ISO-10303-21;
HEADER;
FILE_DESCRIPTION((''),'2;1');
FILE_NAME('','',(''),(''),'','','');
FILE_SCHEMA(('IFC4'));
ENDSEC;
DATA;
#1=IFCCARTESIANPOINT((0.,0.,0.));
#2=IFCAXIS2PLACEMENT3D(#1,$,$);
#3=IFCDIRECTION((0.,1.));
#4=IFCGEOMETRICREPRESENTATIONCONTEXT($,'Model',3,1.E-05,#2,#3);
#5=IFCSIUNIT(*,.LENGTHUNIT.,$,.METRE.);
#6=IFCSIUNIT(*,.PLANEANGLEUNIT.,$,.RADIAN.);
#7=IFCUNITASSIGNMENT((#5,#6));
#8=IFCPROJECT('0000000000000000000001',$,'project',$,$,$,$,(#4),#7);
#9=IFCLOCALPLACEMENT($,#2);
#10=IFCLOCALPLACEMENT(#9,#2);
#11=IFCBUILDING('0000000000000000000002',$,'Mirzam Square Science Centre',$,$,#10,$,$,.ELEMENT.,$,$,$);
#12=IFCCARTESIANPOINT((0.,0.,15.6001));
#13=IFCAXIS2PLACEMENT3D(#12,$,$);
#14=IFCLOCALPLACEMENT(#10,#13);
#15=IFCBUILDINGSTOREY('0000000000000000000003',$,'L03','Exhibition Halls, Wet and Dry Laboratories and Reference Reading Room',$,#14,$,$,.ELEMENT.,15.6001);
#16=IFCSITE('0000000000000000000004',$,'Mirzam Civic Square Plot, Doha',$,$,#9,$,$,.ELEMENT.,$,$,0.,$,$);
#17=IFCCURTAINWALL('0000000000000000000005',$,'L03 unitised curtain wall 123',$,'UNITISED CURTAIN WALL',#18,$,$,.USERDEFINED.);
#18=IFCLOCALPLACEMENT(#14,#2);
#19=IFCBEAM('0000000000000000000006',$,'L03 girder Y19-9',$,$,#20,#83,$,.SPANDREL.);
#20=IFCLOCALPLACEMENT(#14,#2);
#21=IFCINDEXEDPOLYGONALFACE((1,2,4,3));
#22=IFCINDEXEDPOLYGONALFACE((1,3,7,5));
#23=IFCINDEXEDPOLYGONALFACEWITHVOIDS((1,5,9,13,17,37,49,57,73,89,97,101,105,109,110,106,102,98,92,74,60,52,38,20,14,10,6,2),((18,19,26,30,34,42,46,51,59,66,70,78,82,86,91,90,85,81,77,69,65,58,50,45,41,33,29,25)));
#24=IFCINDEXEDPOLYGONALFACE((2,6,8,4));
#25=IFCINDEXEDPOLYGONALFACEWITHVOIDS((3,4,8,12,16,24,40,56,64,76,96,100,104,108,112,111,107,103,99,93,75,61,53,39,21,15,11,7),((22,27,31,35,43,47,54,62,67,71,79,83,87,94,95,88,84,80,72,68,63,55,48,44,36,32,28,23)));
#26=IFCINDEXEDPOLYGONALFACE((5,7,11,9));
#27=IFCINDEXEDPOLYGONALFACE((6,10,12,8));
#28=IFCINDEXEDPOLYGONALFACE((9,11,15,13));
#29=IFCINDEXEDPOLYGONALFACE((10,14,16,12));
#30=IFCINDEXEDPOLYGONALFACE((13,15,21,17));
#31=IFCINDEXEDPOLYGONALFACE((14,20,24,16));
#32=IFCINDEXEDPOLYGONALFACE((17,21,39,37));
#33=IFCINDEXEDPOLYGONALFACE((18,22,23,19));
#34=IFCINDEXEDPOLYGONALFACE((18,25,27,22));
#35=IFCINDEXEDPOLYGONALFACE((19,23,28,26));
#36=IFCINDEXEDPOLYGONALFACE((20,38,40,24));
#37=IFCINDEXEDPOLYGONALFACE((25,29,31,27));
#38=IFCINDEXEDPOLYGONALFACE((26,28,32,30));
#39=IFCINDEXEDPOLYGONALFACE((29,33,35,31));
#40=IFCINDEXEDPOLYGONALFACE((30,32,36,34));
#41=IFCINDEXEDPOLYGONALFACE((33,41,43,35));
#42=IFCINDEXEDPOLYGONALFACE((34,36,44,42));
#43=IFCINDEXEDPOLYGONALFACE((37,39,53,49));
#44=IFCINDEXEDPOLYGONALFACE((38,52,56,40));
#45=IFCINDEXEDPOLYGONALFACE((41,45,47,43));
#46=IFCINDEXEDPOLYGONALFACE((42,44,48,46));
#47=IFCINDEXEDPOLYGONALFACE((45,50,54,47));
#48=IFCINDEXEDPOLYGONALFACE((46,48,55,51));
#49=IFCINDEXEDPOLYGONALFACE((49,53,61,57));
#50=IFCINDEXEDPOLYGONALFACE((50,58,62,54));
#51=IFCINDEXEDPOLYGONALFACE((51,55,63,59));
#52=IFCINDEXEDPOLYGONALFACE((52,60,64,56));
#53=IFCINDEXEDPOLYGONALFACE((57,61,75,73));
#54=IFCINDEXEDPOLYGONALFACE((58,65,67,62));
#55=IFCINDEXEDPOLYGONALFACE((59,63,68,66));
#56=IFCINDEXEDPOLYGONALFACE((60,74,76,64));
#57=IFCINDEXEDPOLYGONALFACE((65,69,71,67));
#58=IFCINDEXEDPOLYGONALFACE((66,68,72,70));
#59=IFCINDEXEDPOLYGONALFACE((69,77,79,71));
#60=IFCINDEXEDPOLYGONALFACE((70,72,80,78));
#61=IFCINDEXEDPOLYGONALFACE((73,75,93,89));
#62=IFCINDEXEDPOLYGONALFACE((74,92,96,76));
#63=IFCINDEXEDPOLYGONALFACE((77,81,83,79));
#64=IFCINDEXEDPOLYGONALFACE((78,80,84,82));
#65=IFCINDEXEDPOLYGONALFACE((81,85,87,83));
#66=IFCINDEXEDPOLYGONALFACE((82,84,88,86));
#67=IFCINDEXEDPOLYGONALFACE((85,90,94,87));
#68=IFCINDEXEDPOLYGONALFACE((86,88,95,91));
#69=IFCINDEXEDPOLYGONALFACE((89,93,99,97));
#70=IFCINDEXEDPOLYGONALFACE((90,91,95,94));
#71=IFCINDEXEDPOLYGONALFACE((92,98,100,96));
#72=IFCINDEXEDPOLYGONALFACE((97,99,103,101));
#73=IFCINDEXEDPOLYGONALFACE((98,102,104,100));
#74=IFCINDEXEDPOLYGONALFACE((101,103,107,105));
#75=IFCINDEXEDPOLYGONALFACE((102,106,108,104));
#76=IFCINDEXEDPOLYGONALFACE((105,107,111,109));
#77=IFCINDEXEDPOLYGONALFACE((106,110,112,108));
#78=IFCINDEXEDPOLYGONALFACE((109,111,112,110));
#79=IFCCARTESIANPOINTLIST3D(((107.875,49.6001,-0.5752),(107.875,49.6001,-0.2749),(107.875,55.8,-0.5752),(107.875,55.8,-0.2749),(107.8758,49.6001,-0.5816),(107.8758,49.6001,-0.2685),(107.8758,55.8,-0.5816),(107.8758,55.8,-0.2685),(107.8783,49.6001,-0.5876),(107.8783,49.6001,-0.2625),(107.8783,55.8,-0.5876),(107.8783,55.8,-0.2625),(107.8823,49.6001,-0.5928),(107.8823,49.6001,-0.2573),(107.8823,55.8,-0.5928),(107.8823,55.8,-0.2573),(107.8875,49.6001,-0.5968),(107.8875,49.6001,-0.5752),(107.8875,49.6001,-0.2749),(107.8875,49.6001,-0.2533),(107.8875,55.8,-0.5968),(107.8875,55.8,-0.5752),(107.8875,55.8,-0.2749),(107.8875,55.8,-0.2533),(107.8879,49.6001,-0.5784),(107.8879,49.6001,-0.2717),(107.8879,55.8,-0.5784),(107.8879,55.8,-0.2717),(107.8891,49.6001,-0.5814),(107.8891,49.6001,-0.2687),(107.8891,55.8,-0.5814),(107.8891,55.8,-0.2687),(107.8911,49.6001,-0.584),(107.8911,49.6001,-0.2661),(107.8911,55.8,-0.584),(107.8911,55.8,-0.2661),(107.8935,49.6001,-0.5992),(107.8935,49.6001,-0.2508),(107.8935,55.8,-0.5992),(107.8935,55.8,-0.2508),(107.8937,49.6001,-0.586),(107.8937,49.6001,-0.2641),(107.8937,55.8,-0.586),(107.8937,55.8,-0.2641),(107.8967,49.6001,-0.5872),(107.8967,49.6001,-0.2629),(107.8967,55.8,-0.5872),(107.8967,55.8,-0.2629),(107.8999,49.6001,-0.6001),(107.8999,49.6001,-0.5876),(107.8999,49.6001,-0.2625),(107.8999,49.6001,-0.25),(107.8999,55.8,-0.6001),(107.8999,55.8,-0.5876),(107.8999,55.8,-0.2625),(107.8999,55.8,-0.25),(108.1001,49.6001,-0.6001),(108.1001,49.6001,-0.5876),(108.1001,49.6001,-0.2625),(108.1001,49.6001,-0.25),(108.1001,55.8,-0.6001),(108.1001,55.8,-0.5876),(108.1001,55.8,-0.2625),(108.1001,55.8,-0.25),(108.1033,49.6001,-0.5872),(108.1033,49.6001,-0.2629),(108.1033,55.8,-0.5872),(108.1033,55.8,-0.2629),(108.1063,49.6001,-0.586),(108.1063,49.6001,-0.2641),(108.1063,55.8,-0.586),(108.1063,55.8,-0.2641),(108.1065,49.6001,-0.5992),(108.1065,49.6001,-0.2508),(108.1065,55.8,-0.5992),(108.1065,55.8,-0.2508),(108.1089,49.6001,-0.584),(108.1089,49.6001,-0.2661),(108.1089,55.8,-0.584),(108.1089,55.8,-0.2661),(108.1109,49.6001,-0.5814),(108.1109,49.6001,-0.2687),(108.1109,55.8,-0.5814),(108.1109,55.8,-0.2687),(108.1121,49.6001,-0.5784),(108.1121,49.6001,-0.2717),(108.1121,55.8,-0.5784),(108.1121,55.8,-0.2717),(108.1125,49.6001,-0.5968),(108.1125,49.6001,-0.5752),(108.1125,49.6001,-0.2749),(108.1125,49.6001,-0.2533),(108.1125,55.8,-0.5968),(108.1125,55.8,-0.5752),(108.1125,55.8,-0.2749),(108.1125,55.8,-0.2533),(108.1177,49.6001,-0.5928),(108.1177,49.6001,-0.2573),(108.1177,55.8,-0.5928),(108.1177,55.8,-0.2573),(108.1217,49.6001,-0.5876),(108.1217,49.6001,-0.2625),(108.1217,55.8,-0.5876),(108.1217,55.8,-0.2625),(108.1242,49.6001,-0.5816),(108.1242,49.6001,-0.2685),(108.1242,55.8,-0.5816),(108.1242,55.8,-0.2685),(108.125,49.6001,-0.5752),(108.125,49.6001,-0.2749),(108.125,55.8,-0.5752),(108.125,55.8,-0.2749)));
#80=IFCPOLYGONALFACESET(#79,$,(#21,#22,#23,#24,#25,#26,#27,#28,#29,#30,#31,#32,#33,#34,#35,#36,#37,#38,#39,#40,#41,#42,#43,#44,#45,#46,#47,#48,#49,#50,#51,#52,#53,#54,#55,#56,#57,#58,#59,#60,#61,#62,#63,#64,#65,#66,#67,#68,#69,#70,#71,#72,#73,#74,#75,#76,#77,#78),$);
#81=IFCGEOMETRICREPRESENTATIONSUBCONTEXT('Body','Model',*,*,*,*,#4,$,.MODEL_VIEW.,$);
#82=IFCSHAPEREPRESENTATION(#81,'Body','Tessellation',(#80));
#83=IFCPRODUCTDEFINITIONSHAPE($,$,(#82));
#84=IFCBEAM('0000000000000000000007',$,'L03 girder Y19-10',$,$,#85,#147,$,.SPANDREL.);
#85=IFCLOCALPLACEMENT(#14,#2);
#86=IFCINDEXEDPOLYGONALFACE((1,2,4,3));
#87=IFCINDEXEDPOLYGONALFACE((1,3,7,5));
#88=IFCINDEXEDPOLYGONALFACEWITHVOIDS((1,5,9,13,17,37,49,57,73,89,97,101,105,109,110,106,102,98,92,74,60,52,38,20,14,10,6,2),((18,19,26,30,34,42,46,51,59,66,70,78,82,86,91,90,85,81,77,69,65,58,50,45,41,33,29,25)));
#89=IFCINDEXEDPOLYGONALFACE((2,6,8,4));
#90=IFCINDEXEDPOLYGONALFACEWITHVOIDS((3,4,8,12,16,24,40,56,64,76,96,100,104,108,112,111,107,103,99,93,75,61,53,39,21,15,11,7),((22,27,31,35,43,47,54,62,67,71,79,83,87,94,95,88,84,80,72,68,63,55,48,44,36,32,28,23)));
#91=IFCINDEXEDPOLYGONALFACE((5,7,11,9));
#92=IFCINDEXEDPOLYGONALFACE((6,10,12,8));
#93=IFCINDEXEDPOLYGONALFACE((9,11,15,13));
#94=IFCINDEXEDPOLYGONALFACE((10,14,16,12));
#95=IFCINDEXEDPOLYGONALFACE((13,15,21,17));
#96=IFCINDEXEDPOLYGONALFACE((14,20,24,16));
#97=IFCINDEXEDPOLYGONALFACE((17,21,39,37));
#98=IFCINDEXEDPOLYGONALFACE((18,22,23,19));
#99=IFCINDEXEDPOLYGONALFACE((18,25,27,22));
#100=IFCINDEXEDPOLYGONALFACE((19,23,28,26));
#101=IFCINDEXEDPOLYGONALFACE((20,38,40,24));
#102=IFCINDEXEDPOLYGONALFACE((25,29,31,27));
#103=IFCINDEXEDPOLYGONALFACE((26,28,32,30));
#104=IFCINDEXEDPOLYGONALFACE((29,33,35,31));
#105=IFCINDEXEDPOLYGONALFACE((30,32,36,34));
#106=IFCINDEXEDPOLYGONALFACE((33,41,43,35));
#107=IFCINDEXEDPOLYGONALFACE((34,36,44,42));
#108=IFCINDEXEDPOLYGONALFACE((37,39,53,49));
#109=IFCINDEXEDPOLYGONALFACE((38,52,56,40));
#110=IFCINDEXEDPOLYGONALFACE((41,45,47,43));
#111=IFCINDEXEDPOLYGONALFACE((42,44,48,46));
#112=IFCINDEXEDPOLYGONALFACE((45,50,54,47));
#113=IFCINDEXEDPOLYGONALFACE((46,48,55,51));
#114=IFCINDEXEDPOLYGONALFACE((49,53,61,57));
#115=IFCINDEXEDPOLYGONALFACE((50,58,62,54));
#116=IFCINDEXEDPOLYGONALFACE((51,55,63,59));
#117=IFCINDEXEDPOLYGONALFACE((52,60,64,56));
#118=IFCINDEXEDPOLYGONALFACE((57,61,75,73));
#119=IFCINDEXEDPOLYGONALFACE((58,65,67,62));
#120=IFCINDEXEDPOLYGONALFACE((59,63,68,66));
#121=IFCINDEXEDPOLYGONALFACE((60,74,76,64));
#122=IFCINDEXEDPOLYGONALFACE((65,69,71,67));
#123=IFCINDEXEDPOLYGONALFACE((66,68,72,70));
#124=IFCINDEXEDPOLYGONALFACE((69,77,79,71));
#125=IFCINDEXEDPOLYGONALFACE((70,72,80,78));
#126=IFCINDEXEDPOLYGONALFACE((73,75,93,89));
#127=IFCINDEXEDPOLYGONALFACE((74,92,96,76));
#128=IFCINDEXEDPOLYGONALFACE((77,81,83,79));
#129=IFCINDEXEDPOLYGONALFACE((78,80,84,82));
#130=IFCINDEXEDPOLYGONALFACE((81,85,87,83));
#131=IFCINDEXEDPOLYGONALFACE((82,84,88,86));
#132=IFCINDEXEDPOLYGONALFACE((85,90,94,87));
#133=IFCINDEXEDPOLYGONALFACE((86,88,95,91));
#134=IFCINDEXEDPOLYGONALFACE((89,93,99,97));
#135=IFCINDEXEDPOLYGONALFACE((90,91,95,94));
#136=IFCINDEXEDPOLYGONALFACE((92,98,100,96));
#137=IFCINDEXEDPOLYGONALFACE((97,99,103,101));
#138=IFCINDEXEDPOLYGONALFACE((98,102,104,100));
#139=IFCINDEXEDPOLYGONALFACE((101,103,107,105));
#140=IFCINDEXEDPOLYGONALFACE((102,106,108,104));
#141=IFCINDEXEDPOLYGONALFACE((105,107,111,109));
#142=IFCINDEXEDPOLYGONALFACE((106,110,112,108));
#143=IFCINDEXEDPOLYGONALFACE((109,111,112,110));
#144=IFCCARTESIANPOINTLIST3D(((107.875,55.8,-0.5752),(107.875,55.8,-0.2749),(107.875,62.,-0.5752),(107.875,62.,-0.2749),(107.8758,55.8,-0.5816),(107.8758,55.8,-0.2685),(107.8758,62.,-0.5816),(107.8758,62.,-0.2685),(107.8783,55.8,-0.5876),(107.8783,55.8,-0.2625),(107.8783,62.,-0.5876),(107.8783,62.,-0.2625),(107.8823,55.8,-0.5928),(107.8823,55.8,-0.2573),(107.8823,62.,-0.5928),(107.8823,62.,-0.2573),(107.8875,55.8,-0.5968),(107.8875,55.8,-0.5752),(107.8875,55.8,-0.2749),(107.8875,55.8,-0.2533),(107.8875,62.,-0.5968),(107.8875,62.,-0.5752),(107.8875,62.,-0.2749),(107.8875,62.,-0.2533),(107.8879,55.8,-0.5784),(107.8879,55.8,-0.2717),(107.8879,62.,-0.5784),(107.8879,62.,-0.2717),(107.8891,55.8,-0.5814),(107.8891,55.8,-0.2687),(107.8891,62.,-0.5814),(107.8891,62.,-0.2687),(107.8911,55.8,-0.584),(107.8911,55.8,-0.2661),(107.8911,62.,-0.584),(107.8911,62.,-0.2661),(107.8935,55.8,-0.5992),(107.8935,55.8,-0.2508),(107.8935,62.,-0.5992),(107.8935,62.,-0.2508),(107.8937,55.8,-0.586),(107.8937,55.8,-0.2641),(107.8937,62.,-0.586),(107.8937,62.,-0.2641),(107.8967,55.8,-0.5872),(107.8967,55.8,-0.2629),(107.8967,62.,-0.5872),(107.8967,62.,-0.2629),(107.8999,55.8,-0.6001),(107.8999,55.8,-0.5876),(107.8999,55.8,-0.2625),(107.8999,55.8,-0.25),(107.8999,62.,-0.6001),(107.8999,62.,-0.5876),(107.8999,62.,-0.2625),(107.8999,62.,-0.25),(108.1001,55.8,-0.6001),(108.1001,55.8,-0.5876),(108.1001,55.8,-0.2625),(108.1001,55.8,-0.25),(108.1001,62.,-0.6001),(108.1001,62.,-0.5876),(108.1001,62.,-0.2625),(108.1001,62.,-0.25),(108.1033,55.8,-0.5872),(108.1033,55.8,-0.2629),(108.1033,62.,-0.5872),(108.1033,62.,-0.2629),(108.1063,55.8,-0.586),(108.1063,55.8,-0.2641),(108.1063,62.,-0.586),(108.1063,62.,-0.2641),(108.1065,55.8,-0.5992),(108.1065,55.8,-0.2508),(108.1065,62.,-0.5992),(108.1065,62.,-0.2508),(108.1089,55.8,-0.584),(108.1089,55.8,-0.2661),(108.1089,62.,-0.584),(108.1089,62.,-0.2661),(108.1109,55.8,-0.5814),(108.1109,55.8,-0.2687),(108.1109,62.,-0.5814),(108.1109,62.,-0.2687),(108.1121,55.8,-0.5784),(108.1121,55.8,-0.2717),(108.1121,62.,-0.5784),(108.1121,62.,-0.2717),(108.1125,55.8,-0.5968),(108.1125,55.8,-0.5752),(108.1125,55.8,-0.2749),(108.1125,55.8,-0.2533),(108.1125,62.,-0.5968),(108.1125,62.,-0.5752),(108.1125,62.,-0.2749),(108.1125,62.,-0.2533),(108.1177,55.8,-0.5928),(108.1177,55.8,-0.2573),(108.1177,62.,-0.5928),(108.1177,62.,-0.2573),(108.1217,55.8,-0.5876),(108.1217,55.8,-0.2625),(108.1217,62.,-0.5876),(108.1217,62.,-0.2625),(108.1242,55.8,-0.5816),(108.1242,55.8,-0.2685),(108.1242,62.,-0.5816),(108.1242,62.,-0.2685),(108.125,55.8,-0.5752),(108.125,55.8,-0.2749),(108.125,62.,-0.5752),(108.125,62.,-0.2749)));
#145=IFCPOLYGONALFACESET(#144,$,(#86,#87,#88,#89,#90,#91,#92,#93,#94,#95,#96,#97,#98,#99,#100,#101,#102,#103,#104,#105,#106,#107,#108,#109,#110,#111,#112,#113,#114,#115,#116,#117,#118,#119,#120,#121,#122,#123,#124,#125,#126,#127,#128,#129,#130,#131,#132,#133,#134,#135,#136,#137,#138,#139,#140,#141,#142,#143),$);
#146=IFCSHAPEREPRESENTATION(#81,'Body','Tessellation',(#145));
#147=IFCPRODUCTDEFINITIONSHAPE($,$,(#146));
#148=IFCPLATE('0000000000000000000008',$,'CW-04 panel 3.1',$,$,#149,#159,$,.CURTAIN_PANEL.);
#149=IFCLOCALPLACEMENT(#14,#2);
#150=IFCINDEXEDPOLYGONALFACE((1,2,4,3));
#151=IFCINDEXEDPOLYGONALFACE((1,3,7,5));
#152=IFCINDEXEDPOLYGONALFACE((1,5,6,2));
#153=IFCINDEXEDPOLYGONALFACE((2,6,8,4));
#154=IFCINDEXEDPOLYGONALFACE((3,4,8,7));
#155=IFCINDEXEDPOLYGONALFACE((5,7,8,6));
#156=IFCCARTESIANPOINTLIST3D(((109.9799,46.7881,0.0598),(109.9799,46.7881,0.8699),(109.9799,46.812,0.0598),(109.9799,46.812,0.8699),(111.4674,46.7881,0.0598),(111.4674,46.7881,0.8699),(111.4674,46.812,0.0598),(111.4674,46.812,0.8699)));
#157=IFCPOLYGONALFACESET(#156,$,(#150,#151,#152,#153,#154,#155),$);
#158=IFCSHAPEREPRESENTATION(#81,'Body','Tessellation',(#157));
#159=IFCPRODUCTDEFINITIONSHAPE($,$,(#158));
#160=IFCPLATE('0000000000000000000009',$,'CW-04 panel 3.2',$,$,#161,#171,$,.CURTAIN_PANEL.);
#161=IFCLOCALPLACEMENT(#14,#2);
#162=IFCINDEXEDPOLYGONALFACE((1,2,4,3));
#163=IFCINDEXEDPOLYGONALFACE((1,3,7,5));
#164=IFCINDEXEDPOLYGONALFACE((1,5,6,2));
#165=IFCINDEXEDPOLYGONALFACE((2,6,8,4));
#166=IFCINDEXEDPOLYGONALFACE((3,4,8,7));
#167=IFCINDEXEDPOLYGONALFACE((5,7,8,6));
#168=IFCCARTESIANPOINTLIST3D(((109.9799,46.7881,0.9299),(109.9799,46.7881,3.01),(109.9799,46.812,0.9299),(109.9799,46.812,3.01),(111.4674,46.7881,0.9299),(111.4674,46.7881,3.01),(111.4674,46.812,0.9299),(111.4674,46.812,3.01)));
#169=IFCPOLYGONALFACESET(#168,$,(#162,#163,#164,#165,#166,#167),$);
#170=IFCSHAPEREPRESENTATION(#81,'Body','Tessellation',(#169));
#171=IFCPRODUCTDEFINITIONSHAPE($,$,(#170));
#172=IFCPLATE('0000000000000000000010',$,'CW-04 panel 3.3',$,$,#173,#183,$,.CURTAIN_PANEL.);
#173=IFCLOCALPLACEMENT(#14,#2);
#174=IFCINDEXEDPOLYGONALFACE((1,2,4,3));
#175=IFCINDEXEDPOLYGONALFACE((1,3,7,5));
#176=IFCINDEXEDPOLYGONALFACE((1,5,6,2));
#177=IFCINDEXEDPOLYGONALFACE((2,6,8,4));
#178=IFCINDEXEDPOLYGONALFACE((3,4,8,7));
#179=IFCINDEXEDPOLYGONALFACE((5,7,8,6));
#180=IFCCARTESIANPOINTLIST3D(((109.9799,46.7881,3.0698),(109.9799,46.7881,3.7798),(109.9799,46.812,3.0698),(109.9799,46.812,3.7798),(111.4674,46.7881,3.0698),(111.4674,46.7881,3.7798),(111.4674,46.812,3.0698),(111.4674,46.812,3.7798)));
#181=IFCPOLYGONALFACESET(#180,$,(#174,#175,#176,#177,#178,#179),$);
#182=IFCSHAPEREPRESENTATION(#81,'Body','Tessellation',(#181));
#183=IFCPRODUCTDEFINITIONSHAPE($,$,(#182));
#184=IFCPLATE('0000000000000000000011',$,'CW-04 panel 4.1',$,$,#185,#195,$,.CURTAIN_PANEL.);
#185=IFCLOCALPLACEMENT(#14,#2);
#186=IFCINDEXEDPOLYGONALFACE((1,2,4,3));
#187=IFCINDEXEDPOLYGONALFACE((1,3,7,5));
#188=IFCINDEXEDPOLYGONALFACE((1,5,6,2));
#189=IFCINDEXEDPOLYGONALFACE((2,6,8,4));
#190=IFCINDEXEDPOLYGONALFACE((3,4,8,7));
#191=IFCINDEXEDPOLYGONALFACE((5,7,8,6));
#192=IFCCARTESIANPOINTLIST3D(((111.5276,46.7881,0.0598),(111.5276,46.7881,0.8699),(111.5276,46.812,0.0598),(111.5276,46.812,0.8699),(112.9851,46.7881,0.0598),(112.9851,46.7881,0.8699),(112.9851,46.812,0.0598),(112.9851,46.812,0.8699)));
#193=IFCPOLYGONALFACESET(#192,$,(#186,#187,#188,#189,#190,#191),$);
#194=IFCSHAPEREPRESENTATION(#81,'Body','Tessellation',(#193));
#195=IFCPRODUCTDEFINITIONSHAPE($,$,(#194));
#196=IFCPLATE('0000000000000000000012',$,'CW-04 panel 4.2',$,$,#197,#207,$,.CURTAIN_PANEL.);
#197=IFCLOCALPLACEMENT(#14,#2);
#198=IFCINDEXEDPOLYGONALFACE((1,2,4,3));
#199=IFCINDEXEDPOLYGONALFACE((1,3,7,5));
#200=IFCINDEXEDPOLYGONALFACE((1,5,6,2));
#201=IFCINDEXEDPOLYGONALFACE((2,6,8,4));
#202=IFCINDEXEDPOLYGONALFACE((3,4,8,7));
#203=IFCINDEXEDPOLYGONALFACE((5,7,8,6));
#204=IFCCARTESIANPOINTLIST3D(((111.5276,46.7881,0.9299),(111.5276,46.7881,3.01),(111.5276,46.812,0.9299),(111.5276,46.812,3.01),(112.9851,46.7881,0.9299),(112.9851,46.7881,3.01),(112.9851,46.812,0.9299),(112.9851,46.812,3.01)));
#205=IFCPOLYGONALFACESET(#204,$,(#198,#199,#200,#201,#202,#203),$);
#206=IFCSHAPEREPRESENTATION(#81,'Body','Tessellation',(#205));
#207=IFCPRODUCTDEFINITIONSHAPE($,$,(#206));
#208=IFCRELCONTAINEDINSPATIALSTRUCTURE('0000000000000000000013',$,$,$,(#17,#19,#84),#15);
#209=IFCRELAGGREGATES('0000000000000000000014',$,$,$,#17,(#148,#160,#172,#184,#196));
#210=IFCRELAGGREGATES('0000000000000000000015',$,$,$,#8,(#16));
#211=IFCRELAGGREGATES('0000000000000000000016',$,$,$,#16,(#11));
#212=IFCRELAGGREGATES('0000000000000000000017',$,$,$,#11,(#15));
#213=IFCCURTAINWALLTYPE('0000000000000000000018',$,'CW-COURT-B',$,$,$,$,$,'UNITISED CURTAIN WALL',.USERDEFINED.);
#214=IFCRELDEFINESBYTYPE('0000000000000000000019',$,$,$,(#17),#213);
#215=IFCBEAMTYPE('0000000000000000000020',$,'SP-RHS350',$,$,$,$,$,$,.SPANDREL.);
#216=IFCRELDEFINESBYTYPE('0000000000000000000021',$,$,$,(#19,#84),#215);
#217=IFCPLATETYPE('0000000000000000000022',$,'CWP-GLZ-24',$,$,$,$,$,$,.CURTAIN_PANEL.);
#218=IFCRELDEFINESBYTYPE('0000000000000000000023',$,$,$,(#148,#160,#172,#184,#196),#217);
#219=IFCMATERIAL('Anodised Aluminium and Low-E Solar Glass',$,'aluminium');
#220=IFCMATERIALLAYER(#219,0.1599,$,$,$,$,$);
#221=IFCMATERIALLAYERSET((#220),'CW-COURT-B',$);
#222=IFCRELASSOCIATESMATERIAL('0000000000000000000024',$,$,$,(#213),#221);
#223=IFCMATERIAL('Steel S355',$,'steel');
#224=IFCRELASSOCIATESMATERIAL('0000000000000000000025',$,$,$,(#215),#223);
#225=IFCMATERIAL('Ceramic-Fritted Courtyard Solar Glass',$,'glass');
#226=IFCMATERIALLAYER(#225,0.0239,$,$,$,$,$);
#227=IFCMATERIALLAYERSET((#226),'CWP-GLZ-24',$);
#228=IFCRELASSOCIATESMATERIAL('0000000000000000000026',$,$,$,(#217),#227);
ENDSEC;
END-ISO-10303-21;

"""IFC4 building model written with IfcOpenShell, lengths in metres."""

from ifc_helpers import new_model, si_unit, direction, frame, origin, origin_2d, place, context, subcontext, project, spatial, rectangle, hollow_rectangle, extrude, material, layer, layer_set, material_profile, profile_set, type_object, element, aggregate, save


model = new_model("IFC4")

# Units and contexts
model_context = context("Model", 3, precision=1e-05, world=origin(), true_north=direction((0.0, 1.0)))
body_context = subcontext(model_context, "Body", "Model", "MODEL_VIEW")
ifc_project = project(units=[si_unit("LENGTHUNIT", "METRE"), si_unit("PLANEANGLEUNIT", "RADIAN")], contexts=[model_context])

# Site, building, storey
site_placement = place(None, origin())
site = spatial("IfcSite", under=ifc_project, at=site_placement, Name="Mirzam Civic Square Plot, Doha", CompositionType="ELEMENT", RefElevation=0.0)
building_placement = place(site_placement, origin())
building = spatial("IfcBuilding", under=site, at=building_placement, Name="Mirzam Square Science Centre", CompositionType="ELEMENT")
storey_placement = place(building_placement, frame((0.0, 0.0, 15.6001)))
storey = spatial("IfcBuildingStorey", under=building, at=storey_placement, Name="L03", Description="Exhibition Halls, Wet and Dry Laboratories and Reference Reading Room", CompositionType="ELEMENT", Elevation=15.6001)

# Shared definitions
ifc_material_1 = material(Name="Steel S355", Category="steel")

# Curtain wall
ifc_material_2 = material(Name="Anodised Aluminium and Low-E Solar Glass", Category="aluminium")
ifc_layer_1 = layer(ifc_material_2, 0.1599)
ifc_layer_set_1 = layer_set([ifc_layer_1], Name="CW-COURT-B")
curtain_wall_type = type_object("IfcCurtainWallType", Name="CW-COURT-B", ElementType="UNITISED CURTAIN WALL", PredefinedType="USERDEFINED", material=ifc_layer_set_1)
curtain_wall_placement = place(storey_placement, origin())
curtain_wall = element("IfcCurtainWall", 1, at=curtain_wall_placement, inside=storey, type_object=curtain_wall_type, Name="L03 unitised curtain wall 123", ObjectType="UNITISED CURTAIN WALL", PredefinedType="USERDEFINED")

# Beams
ifc_material_profile_1 = material_profile(ifc_material_1, hollow_rectangle(XDim=0.25, YDim=0.3501, WallThickness=0.0125, InnerFilletRadius=0.0125, OuterFilletRadius=0.0249, at=origin_2d()), Name="350x250x12.5RHS")
ifc_profile_set_1 = profile_set([ifc_material_profile_1], Name="Steel S355")
beam_type_1 = type_object("IfcBeamType", Name="SP-RHS350", PredefinedType="SPANDREL", material=ifc_profile_set_1)
for number, where, z_axis, x_axis, name in (
    (2, (108.0, 49.6001, -0.425), (0.0, 1.0, 0.0), (-1.0, 0.0, 0.0), "L03 girder Y19-9"),
    (3, (108.0, 55.8, -0.425), (0.0, 1.0, 0.0), (-1.0, 0.0, 0.0), "L03 girder Y19-10"),
):
    element("IfcBeam", number, at=place(storey_placement, frame(where, z_axis=z_axis, x_axis=x_axis)), inside=storey, type_object=beam_type_1, Name=name, PredefinedType="SPANDREL", context=body_context, shape_type="SweptSolid", body=[
        extrude(hollow_rectangle(XDim=0.25, YDim=0.3501, WallThickness=0.0125, InnerFilletRadius=0.0125, OuterFilletRadius=0.0249, at=origin_2d()), origin(), (0.0, 0.0, 1.0), 6.2),
    ])

# Plates
ifc_material_3 = material(Name="Ceramic-Fritted Courtyard Solar Glass", Category="glass")
ifc_layer_2 = layer(ifc_material_3, 0.0239)
ifc_layer_set_2 = layer_set([ifc_layer_2], Name="CWP-GLZ-24")
plate_type = type_object("IfcPlateType", Name="CWP-GLZ-24", PredefinedType="CURTAIN_PANEL", material=ifc_layer_set_2)
plate_1_placement = place(storey_placement, frame((110.7236, 46.8, 0.0598), z_axis=(0.0, 0.0, 1.0), x_axis=(1.0, 0.0, 0.0)))
plate_1 = element("IfcPlate", 4, at=plate_1_placement, type_object=plate_type, Name="CW-04 panel 3.1", PredefinedType="CURTAIN_PANEL", context=body_context, shape_type="SweptSolid", body=[
    extrude(rectangle(XDim=1.4875, YDim=0.0239, at=origin_2d()), origin(), (0.0, 0.0, 1.0), 0.8101),
])
plate_2_placement = place(storey_placement, frame((110.7236, 46.8, 0.9299), z_axis=(0.0, 0.0, 1.0), x_axis=(1.0, 0.0, 0.0)))
plate_2 = element("IfcPlate", 5, at=plate_2_placement, type_object=plate_type, Name="CW-04 panel 3.2", PredefinedType="CURTAIN_PANEL", context=body_context, shape_type="SweptSolid", body=[
    extrude(rectangle(XDim=1.4875, YDim=0.0239, at=origin_2d()), origin(), (0.0, 0.0, 1.0), 2.0801),
])
plate_3_placement = place(storey_placement, frame((110.7236, 46.8, 3.0698), z_axis=(0.0, 0.0, 1.0), x_axis=(1.0, 0.0, 0.0)))
plate_3 = element("IfcPlate", 6, at=plate_3_placement, type_object=plate_type, Name="CW-04 panel 3.3", PredefinedType="CURTAIN_PANEL", context=body_context, shape_type="SweptSolid", body=[
    extrude(rectangle(XDim=1.4875, YDim=0.0239, at=origin_2d()), origin(), (0.0, 0.0, 1.0), 0.71),
])
plate_4_placement = place(storey_placement, frame((112.2563, 46.8, 0.0598), z_axis=(0.0, 0.0, 1.0), x_axis=(1.0, 0.0, 0.0)))
plate_4 = element("IfcPlate", 7, at=plate_4_placement, type_object=plate_type, Name="CW-04 panel 4.1", PredefinedType="CURTAIN_PANEL", context=body_context, shape_type="SweptSolid", body=[
    extrude(rectangle(XDim=1.4575, YDim=0.0239, at=origin_2d()), origin(), (0.0, 0.0, 1.0), 0.8101),
])
plate_5_placement = place(storey_placement, frame((112.2563, 46.8, 0.9299), z_axis=(0.0, 0.0, 1.0), x_axis=(1.0, 0.0, 0.0)))
plate_5 = element("IfcPlate", 8, at=plate_5_placement, type_object=plate_type, Name="CW-04 panel 4.2", PredefinedType="CURTAIN_PANEL", context=body_context, shape_type="SweptSolid", body=[
    extrude(rectangle(XDim=1.4575, YDim=0.0239, at=origin_2d()), origin(), (0.0, 0.0, 1.0), 2.0801),
])
aggregate(curtain_wall, [plate_1, plate_2, plate_3, plate_4, plate_5])

save(model, "model.ifc")
